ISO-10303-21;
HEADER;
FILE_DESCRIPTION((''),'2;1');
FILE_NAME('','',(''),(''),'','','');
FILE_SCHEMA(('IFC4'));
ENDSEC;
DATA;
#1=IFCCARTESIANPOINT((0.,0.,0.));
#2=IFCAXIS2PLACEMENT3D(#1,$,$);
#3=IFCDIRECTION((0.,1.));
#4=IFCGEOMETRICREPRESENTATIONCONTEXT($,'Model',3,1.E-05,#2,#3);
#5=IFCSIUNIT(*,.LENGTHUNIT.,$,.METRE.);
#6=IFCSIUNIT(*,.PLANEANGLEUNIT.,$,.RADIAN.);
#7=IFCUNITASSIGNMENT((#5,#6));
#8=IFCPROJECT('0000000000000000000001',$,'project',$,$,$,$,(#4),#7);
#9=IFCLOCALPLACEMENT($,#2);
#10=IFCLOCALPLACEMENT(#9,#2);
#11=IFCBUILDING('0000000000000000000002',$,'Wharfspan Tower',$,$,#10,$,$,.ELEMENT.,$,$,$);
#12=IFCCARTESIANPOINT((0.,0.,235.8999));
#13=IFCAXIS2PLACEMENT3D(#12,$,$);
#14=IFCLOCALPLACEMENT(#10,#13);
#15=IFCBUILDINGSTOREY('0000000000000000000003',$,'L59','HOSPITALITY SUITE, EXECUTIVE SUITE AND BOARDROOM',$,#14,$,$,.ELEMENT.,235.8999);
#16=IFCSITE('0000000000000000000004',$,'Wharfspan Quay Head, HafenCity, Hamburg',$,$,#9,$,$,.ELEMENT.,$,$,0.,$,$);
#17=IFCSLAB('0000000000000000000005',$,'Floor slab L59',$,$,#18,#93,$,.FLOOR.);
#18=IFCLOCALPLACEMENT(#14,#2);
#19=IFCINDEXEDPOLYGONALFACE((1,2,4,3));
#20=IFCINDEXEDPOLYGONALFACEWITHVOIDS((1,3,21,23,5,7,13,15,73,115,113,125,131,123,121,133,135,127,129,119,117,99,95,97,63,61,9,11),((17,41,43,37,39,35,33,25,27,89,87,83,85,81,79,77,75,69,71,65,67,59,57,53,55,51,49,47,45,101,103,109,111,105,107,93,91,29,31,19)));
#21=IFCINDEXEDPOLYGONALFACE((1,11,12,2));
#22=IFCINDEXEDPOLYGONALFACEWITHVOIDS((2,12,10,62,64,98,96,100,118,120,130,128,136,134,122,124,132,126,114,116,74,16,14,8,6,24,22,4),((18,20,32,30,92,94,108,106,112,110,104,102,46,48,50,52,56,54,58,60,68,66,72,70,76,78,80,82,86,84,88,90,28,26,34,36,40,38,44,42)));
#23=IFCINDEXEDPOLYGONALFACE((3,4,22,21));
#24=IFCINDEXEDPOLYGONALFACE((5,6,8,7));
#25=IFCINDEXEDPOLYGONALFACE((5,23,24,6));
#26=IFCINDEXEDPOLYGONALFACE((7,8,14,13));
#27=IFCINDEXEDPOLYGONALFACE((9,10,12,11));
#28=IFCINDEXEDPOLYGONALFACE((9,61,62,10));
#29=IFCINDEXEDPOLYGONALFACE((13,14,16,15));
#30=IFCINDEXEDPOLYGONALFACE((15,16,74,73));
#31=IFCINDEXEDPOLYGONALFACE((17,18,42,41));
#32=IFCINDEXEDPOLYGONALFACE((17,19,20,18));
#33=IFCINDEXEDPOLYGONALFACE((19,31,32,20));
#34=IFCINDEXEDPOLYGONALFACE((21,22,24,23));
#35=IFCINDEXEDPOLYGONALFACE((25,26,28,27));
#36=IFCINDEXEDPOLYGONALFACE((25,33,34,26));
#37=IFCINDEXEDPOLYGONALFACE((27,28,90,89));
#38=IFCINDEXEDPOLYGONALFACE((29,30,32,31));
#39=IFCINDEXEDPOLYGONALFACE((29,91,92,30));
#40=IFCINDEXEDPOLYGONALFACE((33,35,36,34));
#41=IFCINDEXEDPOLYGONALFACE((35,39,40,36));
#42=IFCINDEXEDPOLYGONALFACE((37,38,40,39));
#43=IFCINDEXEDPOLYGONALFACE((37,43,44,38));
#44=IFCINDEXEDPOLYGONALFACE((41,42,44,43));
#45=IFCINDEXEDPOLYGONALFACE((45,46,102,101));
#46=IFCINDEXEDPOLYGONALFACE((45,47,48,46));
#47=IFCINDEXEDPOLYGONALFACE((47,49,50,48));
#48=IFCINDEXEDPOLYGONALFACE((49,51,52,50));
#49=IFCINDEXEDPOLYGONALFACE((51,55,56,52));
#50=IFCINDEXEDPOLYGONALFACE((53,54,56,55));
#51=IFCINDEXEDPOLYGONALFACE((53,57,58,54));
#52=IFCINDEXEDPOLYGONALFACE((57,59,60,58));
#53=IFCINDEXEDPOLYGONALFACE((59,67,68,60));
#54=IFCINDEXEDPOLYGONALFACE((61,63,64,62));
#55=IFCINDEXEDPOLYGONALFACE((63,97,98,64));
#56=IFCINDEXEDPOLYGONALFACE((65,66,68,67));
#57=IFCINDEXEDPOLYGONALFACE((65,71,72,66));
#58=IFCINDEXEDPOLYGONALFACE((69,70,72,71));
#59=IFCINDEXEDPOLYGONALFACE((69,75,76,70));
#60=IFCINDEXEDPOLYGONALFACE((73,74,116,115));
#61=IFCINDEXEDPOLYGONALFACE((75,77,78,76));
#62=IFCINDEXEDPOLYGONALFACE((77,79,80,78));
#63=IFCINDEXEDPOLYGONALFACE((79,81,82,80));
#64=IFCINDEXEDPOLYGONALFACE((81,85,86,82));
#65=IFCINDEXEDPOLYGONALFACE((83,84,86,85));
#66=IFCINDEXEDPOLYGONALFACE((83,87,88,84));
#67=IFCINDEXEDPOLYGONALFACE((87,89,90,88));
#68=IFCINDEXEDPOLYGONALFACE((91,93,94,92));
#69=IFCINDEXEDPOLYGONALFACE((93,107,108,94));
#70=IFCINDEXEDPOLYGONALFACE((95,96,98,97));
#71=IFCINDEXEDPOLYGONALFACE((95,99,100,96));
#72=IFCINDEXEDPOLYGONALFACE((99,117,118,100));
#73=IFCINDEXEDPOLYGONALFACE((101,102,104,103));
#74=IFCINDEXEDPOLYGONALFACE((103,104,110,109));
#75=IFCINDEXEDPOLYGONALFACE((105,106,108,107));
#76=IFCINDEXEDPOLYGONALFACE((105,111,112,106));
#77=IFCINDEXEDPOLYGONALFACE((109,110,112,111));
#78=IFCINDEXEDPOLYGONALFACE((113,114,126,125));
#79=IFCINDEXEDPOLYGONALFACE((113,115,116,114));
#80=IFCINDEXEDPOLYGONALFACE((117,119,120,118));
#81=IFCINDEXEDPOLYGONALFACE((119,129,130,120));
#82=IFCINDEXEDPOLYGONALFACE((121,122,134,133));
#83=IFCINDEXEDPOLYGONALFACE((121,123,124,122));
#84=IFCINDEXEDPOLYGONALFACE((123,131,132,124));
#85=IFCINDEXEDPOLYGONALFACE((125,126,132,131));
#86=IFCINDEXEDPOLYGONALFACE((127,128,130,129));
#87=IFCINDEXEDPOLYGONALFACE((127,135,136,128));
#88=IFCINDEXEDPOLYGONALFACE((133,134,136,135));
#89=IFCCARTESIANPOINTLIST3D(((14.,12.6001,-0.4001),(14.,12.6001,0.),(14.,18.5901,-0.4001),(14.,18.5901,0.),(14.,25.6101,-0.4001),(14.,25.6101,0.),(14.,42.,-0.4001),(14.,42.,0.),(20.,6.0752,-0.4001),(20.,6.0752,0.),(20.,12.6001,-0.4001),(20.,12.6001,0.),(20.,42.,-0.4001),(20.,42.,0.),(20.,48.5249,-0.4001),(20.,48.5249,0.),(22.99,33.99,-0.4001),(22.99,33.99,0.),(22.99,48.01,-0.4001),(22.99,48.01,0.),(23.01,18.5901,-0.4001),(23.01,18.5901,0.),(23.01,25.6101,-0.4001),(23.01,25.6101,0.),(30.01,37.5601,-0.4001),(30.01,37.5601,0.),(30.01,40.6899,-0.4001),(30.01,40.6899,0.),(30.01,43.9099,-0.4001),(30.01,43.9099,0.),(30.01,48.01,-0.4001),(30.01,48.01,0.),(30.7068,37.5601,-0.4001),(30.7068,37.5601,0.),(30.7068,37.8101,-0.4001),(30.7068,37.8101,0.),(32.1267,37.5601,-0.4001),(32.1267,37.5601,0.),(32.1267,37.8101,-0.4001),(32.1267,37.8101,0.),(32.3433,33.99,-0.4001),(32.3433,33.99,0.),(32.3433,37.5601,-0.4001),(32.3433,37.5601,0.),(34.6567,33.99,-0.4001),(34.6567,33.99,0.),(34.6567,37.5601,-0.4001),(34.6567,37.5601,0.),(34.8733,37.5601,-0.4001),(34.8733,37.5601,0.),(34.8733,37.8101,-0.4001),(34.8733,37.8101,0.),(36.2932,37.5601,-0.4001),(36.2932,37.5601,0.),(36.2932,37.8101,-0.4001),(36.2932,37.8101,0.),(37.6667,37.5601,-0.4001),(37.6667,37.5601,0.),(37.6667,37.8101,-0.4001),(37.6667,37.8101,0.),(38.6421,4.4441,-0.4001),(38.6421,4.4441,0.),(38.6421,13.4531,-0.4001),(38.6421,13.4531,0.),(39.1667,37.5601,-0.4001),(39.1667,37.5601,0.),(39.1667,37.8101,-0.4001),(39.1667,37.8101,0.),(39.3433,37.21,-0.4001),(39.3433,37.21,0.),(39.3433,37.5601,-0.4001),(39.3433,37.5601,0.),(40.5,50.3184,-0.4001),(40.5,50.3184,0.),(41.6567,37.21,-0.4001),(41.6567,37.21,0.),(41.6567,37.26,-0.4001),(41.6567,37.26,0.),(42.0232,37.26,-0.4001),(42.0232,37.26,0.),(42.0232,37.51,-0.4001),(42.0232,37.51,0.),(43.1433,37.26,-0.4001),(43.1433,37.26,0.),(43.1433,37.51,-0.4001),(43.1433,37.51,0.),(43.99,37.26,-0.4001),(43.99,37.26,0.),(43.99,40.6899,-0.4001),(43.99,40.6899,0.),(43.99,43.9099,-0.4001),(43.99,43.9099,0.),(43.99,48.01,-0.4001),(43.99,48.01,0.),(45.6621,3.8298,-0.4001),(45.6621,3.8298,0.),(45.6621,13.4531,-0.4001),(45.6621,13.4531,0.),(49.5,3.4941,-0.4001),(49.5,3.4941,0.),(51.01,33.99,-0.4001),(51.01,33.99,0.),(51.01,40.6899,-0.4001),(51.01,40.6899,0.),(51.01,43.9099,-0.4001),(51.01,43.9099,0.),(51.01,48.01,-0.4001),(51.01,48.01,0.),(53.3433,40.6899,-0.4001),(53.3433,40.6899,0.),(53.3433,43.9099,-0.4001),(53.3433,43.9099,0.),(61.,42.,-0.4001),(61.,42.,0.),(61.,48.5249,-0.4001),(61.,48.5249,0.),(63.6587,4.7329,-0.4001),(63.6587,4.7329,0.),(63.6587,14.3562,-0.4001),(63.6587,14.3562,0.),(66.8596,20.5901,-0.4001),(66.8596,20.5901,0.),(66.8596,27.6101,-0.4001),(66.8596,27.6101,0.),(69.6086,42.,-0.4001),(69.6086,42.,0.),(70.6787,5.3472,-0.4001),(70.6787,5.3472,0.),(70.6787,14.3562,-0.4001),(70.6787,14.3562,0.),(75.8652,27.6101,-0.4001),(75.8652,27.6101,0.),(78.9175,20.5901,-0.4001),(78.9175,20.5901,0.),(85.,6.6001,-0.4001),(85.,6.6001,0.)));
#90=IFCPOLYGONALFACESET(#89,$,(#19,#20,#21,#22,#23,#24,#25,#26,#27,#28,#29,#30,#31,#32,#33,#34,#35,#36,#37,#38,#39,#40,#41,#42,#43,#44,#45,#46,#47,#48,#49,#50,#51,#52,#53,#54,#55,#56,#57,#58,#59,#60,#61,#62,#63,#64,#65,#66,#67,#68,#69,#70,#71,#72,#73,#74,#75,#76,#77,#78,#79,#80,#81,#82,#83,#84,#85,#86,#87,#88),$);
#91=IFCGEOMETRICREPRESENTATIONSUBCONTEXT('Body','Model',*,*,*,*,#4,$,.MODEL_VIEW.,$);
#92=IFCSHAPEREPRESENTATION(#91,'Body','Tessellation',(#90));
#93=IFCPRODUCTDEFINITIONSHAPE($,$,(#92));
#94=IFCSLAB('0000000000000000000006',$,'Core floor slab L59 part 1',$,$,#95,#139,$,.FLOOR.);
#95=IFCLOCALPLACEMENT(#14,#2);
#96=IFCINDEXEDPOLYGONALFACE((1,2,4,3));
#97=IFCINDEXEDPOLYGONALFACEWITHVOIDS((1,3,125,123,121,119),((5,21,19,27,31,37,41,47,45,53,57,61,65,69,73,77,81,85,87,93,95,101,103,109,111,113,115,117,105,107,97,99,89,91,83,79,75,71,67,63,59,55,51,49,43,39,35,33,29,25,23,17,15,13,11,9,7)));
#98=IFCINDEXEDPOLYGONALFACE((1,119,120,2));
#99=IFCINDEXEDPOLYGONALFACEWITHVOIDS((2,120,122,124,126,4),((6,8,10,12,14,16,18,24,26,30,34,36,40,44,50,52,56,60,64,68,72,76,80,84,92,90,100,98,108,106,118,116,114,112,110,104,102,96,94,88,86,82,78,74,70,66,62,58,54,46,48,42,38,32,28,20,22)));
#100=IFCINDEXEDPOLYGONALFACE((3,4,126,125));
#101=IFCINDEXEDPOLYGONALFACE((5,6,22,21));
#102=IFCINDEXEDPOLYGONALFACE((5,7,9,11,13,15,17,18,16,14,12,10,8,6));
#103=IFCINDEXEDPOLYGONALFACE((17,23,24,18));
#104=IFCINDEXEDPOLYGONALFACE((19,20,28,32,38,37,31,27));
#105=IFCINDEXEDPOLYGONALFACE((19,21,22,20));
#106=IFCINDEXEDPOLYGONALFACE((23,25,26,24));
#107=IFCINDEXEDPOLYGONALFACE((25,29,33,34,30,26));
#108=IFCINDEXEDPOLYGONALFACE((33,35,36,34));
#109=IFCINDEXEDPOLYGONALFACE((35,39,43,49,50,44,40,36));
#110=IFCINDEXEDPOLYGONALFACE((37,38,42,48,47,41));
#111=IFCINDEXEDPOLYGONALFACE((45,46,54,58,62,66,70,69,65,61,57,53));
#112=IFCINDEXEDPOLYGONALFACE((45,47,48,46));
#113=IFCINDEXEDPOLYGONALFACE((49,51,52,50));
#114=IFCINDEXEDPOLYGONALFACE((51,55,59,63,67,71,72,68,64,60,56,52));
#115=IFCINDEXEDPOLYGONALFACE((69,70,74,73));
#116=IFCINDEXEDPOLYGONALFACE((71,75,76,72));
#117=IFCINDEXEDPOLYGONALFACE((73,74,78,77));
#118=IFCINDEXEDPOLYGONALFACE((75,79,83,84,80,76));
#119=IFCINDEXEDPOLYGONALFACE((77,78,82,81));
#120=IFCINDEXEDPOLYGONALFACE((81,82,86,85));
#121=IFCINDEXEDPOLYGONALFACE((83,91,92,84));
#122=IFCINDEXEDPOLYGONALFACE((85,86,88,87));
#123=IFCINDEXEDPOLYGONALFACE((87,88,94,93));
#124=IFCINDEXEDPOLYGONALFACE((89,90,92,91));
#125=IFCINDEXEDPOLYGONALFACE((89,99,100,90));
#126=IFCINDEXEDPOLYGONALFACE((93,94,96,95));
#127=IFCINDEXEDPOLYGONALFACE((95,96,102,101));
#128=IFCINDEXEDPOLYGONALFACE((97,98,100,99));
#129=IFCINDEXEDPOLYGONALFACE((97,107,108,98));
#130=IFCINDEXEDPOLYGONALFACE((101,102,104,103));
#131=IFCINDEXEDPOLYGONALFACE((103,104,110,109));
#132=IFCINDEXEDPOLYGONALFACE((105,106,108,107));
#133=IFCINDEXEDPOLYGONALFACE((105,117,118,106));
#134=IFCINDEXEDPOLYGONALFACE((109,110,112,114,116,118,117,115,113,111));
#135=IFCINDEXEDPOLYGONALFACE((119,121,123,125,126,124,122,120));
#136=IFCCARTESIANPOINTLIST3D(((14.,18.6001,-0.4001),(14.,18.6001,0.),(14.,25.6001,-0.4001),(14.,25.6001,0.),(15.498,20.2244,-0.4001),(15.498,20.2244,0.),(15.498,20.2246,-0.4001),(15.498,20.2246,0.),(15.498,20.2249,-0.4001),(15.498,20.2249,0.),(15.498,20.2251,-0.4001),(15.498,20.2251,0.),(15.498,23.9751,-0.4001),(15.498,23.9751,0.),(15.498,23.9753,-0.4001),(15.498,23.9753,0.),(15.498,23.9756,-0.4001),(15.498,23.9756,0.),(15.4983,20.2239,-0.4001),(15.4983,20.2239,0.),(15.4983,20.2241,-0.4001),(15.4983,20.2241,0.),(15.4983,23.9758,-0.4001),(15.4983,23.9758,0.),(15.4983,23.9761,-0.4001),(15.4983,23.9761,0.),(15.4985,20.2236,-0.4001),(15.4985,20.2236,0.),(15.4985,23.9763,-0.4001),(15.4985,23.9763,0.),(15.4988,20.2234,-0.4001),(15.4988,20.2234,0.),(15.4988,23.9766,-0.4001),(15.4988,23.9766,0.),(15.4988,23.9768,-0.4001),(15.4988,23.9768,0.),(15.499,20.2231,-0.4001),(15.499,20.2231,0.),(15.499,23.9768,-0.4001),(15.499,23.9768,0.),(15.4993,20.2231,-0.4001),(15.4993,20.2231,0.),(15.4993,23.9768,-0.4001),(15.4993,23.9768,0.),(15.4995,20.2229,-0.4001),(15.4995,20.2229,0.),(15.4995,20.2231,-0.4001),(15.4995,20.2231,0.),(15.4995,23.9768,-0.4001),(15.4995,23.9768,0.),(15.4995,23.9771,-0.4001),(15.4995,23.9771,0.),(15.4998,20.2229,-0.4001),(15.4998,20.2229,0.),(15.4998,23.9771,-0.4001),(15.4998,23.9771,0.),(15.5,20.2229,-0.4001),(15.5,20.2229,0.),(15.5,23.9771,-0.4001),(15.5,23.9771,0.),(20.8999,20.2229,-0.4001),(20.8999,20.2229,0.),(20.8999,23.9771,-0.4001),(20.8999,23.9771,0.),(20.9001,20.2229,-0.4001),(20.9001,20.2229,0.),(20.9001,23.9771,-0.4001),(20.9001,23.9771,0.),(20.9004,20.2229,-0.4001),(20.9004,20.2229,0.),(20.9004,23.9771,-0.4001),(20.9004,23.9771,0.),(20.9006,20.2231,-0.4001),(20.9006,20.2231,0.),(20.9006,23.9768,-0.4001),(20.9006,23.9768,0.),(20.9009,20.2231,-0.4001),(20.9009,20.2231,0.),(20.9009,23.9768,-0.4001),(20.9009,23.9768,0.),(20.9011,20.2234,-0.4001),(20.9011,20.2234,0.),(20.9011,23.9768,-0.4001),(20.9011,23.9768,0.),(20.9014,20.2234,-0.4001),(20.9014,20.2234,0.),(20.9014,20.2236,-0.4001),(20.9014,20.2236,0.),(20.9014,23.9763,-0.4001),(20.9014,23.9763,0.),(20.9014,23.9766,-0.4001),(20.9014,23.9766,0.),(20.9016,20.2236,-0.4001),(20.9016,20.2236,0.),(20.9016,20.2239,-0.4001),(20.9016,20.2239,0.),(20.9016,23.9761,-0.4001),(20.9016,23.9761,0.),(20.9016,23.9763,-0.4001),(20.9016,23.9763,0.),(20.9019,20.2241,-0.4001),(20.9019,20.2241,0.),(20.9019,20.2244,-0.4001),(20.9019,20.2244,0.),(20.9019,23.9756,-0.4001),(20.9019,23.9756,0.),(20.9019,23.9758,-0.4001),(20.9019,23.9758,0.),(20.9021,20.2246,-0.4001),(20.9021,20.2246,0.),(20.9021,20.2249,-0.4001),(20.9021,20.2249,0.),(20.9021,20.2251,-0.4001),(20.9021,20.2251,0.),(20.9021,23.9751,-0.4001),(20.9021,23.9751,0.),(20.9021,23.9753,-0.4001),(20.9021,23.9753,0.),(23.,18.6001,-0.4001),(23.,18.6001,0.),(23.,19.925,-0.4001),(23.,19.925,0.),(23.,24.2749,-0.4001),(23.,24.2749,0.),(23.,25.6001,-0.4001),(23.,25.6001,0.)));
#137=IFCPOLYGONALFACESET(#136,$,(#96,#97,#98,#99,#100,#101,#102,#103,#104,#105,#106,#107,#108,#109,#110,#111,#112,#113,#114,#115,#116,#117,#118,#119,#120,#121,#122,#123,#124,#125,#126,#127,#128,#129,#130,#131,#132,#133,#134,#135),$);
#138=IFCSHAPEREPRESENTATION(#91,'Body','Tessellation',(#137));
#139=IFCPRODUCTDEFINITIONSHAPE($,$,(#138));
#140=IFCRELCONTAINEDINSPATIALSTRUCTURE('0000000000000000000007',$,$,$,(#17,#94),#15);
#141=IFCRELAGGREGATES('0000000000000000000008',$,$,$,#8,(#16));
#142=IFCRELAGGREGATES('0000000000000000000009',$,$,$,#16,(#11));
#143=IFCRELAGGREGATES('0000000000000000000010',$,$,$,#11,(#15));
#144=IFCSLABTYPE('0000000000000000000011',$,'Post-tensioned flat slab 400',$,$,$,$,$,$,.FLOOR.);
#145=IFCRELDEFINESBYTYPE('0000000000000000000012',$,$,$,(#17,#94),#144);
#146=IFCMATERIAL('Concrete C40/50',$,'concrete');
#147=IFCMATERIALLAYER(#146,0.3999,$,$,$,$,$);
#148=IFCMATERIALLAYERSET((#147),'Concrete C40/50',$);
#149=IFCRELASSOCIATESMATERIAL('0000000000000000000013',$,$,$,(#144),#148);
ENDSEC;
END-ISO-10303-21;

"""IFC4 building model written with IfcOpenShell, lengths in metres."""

from ifc_helpers import new_model, si_unit, direction, frame, origin, place, context, subcontext, project, spatial, polyline, outline, extrude, material, layer, layer_set, type_object, element, save


model = new_model("IFC4")

# Units and contexts
model_context = context("Model", 3, precision=1e-05, world=origin(), true_north=direction((0.0, 1.0)))
body_context = subcontext(model_context, "Body", "Model", "MODEL_VIEW")
ifc_project = project(units=[si_unit("LENGTHUNIT", "METRE"), si_unit("PLANEANGLEUNIT", "RADIAN")], contexts=[model_context])

# Site, building, storey
site_placement = place(None, origin())
site = spatial("IfcSite", under=ifc_project, at=site_placement, Name="Wharfspan Quay Head, HafenCity, Hamburg", CompositionType="ELEMENT", RefElevation=0.0)
building_placement = place(site_placement, origin())
building = spatial("IfcBuilding", under=site, at=building_placement, Name="Wharfspan Tower", CompositionType="ELEMENT")
storey_placement = place(building_placement, frame((0.0, 0.0, 235.8999)))
storey = spatial("IfcBuildingStorey", under=building, at=storey_placement, Name="L59", Description="HOSPITALITY SUITE, EXECUTIVE SUITE AND BOARDROOM", CompositionType="ELEMENT", Elevation=235.8999)

# Slabs
ifc_material_1 = material(Name="Concrete C40/50", Category="concrete")
ifc_layer_1 = layer(ifc_material_1, 0.3999)
ifc_layer_set_1 = layer_set([ifc_layer_1], Name="Concrete C40/50")
slab_type_1 = type_object("IfcSlabType", Name="Post-tensioned flat slab 400", PredefinedType="FLOOR", material=ifc_layer_set_1)
slab_1_placement = place(storey_placement, frame((0.0, 0.0, -0.4001)))
element("IfcSlab", 1, at=slab_1_placement, inside=storey, type_object=slab_type_1, Name="Floor slab L59", PredefinedType="FLOOR", context=body_context, shape_type="SweptSolid", body=[
    extrude(outline(polyline([(38.6421, 4.4441), (38.6421, 13.4531), (45.6621, 13.4531), (45.6621, 3.8298), (49.5, 3.4941), (63.6587, 4.7329), (63.6587, 14.3562), (70.6787, 14.3562), (70.6787, 5.3472), (85.0, 6.6001), (78.9175, 20.5901), (66.8596, 20.5901), (66.8596, 27.6101), (75.8652, 27.6101), (69.6086, 42.0), (61.0, 42.0), (61.0, 48.5249), (40.5, 50.3184), (20.0, 48.5249), (20.0, 42.0), (14.0, 42.0), (14.0, 25.6101), (23.01, 25.6101), (23.01, 18.5901), (14.0, 18.5901), (14.0, 12.6001), (20.0, 12.6001), (20.0, 6.0752), (38.6421, 4.4441)]), holes=[polyline([(32.1267, 37.5601), (32.3433, 37.5601), (32.3433, 33.99), (22.99, 33.99), (22.99, 48.01), (30.01, 48.01), (30.01, 43.9099), (43.99, 43.9099), (43.99, 48.01), (51.01, 48.01), (51.01, 43.9099), (53.3433, 43.9099), (53.3433, 40.6899), (51.01, 40.6899), (51.01, 33.99), (34.6567, 33.99), (34.6567, 37.5601), (34.8733, 37.5601), (34.8733, 37.8101), (36.2932, 37.8101), (36.2932, 37.5601), (37.6667, 37.5601), (37.6667, 37.8101), (39.1667, 37.8101), (39.1667, 37.5601), (39.3433, 37.5601), (39.3433, 37.21), (41.6567, 37.21), (41.6567, 37.26), (42.0232, 37.26), (42.0232, 37.51), (43.1433, 37.51), (43.1433, 37.26), (43.99, 37.26), (43.99, 40.6899), (30.01, 40.6899), (30.01, 37.5601), (30.7068, 37.5601), (30.7068, 37.8101), (32.1267, 37.8101), (32.1267, 37.5601)])]), origin(), (0.0, 0.0, 1.0), 0.4001),
])
slab_2_placement = place(storey_placement, frame((0.0, 0.0, -0.4001)))
element("IfcSlab", 2, at=slab_2_placement, inside=storey, type_object=slab_type_1, Name="Core floor slab L59 part 1", PredefinedType="FLOOR", context=body_context, shape_type="SweptSolid", body=[
    extrude(outline(polyline([(23.0, 19.925), (23.0, 24.2749), (23.0, 25.6001), (14.0, 25.6001), (14.0, 18.6001), (23.0, 18.6001), (23.0, 19.925)]), holes=[polyline([(20.8999, 23.9771), (20.9001, 23.9771), (20.9004, 23.9771), (20.9006, 23.9768), (20.9009, 23.9768), (20.9009, 23.9768), (20.9011, 23.9768), (20.9014, 23.9766), (20.9014, 23.9763), (20.9016, 23.9763), (20.9016, 23.9761), (20.9019, 23.9758), (20.9019, 23.9758), (20.9019, 23.9756), (20.9021, 23.9753), (20.9021, 23.9751), (20.9021, 23.9751), (20.9021, 20.2251), (20.9021, 20.2249), (20.9021, 20.2246), (20.9019, 20.2244), (20.9019, 20.2241), (20.9019, 20.2241), (20.9016, 20.2239), (20.9016, 20.2236), (20.9014, 20.2236), (20.9014, 20.2234), (20.9011, 20.2234), (20.9009, 20.2231), (20.9009, 20.2231), (20.9006, 20.2231), (20.9004, 20.2229), (20.9001, 20.2229), (20.8999, 20.2229), (15.5, 20.2229), (15.4998, 20.2229), (15.4995, 20.2229), (15.4995, 20.2231), (15.4993, 20.2231), (15.499, 20.2231), (15.4988, 20.2234), (15.4988, 20.2234), (15.4985, 20.2236), (15.4985, 20.2236), (15.4983, 20.2239), (15.4983, 20.2241), (15.4983, 20.2241), (15.498, 20.2244), (15.498, 20.2246), (15.498, 20.2249), (15.498, 20.2251), (15.498, 23.9751), (15.498, 23.9751), (15.498, 23.9753), (15.498, 23.9756), (15.4983, 23.9758), (15.4983, 23.9758), (15.4983, 23.9761), (15.4985, 23.9763), (15.4985, 23.9763), (15.4988, 23.9766), (15.4988, 23.9768), (15.499, 23.9768), (15.4993, 23.9768), (15.4995, 23.9768), (15.4995, 23.9771), (15.4998, 23.9771), (15.5, 23.9771), (20.8999, 23.9771)])]), origin(), (0.0, 0.0, 1.0), 0.4001),
])

save(model, "model.ifc")
